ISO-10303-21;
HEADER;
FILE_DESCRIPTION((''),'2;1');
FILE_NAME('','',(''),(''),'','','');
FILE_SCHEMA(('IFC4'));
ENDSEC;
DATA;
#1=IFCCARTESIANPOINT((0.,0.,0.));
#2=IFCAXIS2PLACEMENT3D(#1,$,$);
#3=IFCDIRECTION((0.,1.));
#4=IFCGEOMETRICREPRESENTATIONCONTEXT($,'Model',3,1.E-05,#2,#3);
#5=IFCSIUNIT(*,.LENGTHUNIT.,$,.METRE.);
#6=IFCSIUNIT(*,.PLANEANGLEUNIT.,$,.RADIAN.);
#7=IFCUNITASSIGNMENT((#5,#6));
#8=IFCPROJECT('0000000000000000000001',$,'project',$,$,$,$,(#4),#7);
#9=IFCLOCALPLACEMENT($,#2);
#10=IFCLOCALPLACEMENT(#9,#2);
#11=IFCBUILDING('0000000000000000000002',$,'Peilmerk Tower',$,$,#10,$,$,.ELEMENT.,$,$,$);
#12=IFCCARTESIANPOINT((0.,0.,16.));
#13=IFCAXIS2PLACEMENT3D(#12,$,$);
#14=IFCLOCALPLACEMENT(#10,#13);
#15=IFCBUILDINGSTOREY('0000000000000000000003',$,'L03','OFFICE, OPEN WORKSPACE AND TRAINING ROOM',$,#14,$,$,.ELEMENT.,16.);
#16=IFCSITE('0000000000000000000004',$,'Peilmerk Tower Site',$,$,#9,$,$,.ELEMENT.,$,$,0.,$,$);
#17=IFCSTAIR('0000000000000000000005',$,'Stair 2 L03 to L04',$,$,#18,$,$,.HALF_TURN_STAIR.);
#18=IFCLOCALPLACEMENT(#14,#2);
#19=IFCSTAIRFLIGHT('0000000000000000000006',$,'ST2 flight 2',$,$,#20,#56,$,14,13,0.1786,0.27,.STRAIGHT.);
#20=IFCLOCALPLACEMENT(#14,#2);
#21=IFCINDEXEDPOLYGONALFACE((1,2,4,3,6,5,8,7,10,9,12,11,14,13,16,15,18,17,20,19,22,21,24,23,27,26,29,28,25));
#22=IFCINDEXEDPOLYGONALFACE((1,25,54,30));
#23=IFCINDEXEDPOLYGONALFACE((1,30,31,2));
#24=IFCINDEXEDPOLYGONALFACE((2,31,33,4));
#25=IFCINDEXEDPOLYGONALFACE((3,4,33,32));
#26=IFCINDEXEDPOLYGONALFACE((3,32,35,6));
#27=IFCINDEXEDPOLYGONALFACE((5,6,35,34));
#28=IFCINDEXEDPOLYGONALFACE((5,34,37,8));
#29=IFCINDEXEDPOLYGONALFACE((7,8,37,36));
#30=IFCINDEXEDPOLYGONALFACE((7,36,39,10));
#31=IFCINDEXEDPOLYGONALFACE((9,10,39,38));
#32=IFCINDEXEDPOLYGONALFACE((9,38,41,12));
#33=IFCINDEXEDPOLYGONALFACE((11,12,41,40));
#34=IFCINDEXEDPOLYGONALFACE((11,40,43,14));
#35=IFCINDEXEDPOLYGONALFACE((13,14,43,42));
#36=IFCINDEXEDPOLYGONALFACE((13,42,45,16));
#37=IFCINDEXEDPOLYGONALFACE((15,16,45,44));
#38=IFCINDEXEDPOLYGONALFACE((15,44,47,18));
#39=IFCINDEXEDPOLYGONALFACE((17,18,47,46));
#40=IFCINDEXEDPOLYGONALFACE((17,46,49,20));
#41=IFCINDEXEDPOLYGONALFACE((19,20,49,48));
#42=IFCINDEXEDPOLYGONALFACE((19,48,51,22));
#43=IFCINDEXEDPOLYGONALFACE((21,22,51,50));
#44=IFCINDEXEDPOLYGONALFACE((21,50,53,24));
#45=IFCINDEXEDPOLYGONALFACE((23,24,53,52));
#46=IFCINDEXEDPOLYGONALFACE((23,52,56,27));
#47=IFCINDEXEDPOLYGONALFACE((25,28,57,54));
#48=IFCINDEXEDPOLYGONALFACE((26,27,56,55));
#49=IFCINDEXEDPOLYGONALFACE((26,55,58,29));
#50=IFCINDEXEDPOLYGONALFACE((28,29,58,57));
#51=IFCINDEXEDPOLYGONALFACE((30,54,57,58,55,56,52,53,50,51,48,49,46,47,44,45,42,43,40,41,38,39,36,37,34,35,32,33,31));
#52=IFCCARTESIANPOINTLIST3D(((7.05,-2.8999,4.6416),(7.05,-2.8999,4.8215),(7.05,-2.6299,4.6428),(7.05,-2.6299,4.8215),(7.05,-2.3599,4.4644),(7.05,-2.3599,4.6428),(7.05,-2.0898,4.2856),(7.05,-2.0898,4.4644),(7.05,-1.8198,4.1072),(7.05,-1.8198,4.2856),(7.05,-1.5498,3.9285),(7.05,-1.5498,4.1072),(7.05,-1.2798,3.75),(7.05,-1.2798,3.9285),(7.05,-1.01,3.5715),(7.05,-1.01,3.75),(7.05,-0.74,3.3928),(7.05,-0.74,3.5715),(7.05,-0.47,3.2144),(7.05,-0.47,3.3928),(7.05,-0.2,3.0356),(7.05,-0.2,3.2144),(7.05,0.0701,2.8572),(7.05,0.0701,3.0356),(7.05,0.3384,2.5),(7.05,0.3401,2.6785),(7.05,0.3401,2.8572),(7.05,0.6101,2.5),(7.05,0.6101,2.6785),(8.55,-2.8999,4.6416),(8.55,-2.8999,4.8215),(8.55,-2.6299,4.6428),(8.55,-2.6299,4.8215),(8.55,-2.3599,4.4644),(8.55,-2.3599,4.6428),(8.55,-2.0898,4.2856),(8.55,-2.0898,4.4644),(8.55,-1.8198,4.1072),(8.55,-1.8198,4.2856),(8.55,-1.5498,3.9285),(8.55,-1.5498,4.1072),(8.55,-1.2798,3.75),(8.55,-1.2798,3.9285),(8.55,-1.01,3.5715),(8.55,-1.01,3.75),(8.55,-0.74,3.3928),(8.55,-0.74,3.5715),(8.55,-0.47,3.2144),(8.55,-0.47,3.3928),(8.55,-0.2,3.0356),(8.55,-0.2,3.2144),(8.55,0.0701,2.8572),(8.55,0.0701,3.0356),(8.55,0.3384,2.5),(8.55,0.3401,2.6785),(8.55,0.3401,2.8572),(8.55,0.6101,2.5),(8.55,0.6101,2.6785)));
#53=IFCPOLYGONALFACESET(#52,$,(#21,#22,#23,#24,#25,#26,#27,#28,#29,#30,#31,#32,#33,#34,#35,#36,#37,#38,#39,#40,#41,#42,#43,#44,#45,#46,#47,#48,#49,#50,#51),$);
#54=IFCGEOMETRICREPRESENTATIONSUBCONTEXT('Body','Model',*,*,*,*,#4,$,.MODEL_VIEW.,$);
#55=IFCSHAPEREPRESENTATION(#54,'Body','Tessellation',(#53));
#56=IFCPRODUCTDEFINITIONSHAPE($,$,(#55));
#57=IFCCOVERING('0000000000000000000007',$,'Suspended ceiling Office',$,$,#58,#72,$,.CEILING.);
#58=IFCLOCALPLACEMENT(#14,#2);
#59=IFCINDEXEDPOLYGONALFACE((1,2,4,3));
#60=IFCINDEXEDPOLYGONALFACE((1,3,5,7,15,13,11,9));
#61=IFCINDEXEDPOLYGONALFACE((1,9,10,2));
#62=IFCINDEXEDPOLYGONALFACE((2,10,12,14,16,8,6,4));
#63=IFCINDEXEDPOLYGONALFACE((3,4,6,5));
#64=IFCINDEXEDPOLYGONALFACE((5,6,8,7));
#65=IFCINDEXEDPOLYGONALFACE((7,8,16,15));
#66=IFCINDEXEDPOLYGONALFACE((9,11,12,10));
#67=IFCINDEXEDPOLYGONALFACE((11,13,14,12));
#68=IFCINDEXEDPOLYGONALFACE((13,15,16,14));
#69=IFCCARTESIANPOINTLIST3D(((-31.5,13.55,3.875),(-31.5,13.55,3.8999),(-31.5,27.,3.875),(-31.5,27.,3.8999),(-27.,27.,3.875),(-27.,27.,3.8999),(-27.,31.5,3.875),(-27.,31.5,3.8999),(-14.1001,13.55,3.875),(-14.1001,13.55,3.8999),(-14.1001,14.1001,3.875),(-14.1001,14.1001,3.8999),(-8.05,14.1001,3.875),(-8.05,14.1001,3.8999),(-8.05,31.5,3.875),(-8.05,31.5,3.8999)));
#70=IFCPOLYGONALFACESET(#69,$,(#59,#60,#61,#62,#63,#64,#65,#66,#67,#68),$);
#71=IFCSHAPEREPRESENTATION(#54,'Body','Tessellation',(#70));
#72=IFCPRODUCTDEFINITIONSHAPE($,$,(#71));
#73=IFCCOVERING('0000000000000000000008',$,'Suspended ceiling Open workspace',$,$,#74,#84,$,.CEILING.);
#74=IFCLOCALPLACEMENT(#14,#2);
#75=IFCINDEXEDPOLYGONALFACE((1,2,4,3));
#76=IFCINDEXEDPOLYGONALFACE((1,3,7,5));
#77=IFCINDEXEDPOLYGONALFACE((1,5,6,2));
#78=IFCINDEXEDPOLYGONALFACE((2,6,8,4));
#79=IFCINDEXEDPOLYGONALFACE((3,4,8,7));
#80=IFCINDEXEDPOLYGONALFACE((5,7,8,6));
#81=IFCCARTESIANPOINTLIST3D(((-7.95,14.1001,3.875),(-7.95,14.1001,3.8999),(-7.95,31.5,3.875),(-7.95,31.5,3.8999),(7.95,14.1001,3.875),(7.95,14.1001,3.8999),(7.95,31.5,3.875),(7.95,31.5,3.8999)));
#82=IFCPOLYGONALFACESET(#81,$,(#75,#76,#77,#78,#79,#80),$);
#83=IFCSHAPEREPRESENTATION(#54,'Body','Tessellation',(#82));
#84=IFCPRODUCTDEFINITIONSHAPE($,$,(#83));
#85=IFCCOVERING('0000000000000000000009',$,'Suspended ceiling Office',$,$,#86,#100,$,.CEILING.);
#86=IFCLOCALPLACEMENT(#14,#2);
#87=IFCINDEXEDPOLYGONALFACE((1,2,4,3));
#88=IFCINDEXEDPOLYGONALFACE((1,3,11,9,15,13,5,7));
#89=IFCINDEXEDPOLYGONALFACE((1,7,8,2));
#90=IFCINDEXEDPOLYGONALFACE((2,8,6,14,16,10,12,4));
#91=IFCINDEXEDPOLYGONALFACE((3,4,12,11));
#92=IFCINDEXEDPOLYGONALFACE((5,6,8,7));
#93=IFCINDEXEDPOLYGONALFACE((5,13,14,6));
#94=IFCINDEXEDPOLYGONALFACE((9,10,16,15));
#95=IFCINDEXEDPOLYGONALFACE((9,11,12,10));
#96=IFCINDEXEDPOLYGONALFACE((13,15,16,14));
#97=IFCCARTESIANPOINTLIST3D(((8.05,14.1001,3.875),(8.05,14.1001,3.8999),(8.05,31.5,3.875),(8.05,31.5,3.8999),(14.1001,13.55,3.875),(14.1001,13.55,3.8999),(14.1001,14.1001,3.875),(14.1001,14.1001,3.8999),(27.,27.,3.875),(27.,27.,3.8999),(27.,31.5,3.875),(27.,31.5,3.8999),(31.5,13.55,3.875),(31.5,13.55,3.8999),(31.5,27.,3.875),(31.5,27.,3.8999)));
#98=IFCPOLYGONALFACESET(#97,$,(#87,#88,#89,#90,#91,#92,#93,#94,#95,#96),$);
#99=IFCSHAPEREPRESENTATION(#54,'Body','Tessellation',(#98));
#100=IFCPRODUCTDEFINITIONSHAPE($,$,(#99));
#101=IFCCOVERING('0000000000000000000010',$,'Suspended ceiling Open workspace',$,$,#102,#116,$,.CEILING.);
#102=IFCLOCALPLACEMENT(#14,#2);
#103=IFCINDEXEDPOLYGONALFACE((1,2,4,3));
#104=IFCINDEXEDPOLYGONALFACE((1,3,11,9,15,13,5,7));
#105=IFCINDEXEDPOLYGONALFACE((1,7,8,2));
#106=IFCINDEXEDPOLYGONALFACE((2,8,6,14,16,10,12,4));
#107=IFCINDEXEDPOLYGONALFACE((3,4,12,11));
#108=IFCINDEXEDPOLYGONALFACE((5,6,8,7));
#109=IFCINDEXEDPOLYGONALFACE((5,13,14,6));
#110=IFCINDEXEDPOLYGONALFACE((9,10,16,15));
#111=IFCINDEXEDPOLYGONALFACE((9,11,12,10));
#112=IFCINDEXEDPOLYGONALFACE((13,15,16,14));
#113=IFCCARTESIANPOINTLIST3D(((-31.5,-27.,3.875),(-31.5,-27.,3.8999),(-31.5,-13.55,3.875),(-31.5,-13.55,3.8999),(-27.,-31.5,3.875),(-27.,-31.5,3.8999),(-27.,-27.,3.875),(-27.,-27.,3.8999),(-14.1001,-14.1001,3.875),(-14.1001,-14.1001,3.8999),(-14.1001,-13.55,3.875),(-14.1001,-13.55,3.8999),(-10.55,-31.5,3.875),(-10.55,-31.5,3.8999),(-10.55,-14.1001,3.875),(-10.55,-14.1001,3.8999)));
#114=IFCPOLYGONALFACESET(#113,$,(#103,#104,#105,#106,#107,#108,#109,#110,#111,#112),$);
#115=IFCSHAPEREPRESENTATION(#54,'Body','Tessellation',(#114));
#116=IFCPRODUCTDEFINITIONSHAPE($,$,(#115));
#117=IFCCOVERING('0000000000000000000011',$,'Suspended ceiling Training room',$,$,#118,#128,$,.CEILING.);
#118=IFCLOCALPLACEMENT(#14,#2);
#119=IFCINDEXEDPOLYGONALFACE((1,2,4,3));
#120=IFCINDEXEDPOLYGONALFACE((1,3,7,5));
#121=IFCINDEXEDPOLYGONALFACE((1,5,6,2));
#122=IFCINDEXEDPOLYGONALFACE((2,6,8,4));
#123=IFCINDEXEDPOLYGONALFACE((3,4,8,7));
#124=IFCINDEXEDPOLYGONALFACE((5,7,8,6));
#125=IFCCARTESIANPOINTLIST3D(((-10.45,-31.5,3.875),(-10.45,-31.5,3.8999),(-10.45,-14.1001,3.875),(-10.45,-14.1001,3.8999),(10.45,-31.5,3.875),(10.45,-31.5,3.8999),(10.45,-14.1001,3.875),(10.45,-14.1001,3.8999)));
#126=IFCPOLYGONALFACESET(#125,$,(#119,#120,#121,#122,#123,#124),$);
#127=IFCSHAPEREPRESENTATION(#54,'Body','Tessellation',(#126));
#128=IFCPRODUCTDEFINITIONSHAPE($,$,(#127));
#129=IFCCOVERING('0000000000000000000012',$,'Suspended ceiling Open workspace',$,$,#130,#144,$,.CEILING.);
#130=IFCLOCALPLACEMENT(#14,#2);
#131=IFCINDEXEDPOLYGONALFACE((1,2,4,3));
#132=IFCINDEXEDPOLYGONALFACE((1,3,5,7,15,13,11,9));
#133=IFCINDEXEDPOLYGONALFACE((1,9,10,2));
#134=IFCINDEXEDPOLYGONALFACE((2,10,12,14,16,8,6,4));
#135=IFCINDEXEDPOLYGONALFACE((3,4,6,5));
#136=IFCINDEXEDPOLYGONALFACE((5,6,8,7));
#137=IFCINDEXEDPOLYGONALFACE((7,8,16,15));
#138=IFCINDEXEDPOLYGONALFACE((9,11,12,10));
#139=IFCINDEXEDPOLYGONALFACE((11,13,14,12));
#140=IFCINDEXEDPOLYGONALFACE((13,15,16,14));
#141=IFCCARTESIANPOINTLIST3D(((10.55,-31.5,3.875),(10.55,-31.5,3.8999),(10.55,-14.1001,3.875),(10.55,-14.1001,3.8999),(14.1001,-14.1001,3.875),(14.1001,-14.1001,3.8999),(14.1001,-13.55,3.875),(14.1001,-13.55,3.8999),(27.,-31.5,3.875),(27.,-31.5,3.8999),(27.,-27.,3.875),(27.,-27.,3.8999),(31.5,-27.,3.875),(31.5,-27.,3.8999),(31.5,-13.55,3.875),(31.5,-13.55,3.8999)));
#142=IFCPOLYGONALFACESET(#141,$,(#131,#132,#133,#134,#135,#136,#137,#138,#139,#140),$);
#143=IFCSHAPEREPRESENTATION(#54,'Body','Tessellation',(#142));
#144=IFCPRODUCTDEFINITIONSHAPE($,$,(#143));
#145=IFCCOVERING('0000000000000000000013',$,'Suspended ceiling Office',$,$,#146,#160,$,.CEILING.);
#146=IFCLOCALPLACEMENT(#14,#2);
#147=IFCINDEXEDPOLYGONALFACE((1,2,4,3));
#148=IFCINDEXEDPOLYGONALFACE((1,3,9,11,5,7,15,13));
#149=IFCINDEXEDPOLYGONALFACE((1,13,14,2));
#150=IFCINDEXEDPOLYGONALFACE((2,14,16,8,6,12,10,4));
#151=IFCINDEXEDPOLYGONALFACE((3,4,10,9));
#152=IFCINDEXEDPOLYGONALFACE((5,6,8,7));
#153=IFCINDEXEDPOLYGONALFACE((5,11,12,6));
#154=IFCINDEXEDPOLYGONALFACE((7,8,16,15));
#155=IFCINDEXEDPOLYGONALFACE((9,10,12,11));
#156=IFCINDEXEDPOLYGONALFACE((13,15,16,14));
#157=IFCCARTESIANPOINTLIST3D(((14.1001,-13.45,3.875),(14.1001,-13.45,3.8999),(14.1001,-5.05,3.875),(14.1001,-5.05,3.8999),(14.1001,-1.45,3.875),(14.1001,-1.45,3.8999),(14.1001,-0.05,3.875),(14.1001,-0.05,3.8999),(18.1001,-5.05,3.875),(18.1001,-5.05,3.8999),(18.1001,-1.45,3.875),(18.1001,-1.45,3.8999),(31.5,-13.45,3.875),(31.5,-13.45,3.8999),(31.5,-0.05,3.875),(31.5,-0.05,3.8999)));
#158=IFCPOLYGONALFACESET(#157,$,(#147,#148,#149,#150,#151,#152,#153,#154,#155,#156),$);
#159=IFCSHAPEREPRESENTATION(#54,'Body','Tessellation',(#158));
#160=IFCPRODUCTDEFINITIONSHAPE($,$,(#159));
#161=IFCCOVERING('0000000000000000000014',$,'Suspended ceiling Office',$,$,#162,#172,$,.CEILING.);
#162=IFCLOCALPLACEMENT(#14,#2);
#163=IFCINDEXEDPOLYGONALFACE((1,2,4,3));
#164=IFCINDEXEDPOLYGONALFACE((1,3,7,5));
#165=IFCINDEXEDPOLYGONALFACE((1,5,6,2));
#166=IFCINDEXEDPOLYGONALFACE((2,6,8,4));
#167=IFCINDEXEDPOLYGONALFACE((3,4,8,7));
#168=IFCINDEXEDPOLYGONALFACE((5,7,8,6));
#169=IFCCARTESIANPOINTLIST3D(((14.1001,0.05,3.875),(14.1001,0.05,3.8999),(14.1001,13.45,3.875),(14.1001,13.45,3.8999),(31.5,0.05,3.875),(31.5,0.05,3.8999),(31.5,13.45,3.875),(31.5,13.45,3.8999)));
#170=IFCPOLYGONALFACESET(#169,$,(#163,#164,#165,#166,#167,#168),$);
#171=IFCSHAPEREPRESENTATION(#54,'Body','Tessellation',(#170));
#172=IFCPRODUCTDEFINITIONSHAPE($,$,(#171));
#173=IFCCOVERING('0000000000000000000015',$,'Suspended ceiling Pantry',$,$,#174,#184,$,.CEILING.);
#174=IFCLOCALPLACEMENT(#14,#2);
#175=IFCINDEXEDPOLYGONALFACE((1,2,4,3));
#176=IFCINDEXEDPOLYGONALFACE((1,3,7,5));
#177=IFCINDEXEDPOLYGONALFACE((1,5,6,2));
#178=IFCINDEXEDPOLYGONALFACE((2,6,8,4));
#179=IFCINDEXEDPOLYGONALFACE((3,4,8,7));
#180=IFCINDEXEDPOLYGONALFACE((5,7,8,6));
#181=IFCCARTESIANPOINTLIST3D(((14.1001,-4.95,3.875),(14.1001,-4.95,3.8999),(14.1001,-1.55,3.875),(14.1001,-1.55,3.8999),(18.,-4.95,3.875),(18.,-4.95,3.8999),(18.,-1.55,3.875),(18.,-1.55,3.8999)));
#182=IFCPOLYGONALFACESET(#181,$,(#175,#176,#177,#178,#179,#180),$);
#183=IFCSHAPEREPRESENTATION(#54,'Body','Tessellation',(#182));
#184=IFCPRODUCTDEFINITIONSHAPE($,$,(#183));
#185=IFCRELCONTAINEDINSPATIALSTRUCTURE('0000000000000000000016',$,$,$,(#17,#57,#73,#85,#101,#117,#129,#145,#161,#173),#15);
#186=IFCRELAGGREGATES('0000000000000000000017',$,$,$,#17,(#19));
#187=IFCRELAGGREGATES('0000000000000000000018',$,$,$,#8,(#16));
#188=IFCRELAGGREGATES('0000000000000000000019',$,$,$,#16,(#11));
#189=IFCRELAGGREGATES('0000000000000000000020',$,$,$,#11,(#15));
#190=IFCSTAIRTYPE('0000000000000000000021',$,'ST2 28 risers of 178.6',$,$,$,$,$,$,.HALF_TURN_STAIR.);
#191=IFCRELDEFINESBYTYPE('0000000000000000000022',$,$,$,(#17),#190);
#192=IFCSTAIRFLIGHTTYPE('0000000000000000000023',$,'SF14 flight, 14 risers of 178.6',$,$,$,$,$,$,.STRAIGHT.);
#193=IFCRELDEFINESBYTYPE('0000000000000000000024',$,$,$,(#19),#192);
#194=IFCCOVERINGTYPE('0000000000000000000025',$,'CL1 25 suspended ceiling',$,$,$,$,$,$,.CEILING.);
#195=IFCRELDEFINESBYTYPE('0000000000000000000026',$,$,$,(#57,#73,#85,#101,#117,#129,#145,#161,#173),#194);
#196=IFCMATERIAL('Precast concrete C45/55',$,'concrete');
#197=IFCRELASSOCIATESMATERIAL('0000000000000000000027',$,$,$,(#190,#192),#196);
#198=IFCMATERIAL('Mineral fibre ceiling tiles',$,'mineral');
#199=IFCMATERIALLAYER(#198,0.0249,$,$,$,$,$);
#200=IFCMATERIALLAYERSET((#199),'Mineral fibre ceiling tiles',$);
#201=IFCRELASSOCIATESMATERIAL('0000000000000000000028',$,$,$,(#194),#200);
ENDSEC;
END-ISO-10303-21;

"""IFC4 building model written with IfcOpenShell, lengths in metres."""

from ifc_helpers import new_model, si_unit, direction, frame, origin, place, context, subcontext, project, spatial, polyline, outline, extrude, material, layer, layer_set, type_object, element, aggregate, save


model = new_model("IFC4")

# Units and contexts
model_context = context("Model", 3, precision=1e-05, world=origin(), true_north=direction((0.0, 1.0)))
body_context = subcontext(model_context, "Body", "Model", "MODEL_VIEW")
ifc_project = project(units=[si_unit("LENGTHUNIT", "METRE"), si_unit("PLANEANGLEUNIT", "RADIAN")], contexts=[model_context])

# Site, building, storey
site_placement = place(None, origin())
site = spatial("IfcSite", under=ifc_project, at=site_placement, Name="Peilmerk Tower Site", CompositionType="ELEMENT", RefElevation=0.0)
building_placement = place(site_placement, origin())
building = spatial("IfcBuilding", under=site, at=building_placement, Name="Peilmerk Tower", CompositionType="ELEMENT")
storey_placement = place(building_placement, frame((0.0, 0.0, 16.0)))
storey = spatial("IfcBuildingStorey", under=building, at=storey_placement, Name="L03", Description="OFFICE, OPEN WORKSPACE AND TRAINING ROOM", CompositionType="ELEMENT", Elevation=16.0)

# Stair, stair flight
ifc_material_1 = material(Name="Precast concrete C45/55", Category="concrete")
stair_type = type_object("IfcStairType", Name="ST2 28 risers of 178.6", PredefinedType="HALF_TURN_STAIR", material=ifc_material_1)
stair_placement = place(storey_placement, origin())
stair = element("IfcStair", 1, at=stair_placement, inside=storey, type_object=stair_type, Name="Stair 2 L03 to L04", PredefinedType="HALF_TURN_STAIR")
stair_flight_type = type_object("IfcStairFlightType", Name="SF14 flight, 14 risers of 178.6", PredefinedType="STRAIGHT", material=ifc_material_1)
stair_flight_placement = place(storey_placement, frame((7.8, 0.6101, 2.5), z_axis=(0.0, 0.0, 1.0), x_axis=(0.0, -1.0, 0.0)))
stair_flight = element("IfcStairFlight", 2, at=stair_flight_placement, type_object=stair_flight_type, Name="ST2 flight 2", NumberOfRisers=14, NumberOfTreads=13, PredefinedType="STRAIGHT", RiserHeight=0.1786, TreadLength=0.27, context=body_context, shape_type="SweptSolid", body=[
    extrude(outline(polyline([(0.0, 0.0), (0.0, 0.1785), (0.27, 0.1785), (0.27, 0.3572), (0.54, 0.3572), (0.54, 0.5356), (0.8101, 0.5356), (0.8101, 0.7144), (1.0801, 0.7144), (1.0801, 0.8928), (1.3501, 0.8928), (1.3501, 1.0715), (1.6201, 1.0715), (1.6201, 1.25), (1.8899, 1.25), (1.8899, 1.4285), (2.1599, 1.4285), (2.1599, 1.6072), (2.4299, 1.6072), (2.4299, 1.7856), (2.7, 1.7856), (2.7, 1.9644), (2.97, 1.9644), (2.97, 2.1428), (3.24, 2.1428), (3.24, 2.3215), (3.51, 2.3215), (3.51, 2.5), (3.51, 2.1416), (0.2717, 0.0), (0.0, 0.0)])), frame((0.0, 0.75, 0.0), z_axis=(0.0, -1.0, 0.0), x_axis=(1.0, 0.0, 0.0)), (0.0, 0.0, 1.0), 1.5),
])
aggregate(stair, [stair_flight])

# Coverings
ifc_material_2 = material(Name="Mineral fibre ceiling tiles", Category="mineral")
ifc_layer_1 = layer(ifc_material_2, 0.0249)
ifc_layer_set_1 = layer_set([ifc_layer_1], Name="Mineral fibre ceiling tiles")
covering_type = type_object("IfcCoveringType", Name="CL1 25 suspended ceiling", PredefinedType="CEILING", material=ifc_layer_set_1)
covering_1_placement = place(storey_placement, frame((0.0, 0.0, 3.875)))
element("IfcCovering", 3, at=covering_1_placement, inside=storey, type_object=covering_type, Name="Suspended ceiling Office", PredefinedType="CEILING", context=body_context, shape_type="SweptSolid", body=[
    extrude(outline(polyline([(-31.5, 27.0), (-31.5, 13.55), (-14.1001, 13.55), (-14.1001, 14.1001), (-8.05, 14.1001), (-8.05, 31.5), (-27.0, 31.5), (-27.0, 27.0), (-31.5, 27.0)])), origin(), (0.0, 0.0, 1.0), 0.0249),
])
covering_2_placement = place(storey_placement, frame((0.0, 0.0, 3.875)))
element("IfcCovering", 4, at=covering_2_placement, inside=storey, type_object=covering_type, Name="Suspended ceiling Open workspace", PredefinedType="CEILING", context=body_context, shape_type="SweptSolid", body=[
    extrude(outline(polyline([(7.95, 31.5), (-7.95, 31.5), (-7.95, 14.1001), (7.95, 14.1001), (7.95, 31.5)])), origin(), (0.0, 0.0, 1.0), 0.0249),
])
covering_3_placement = place(storey_placement, frame((0.0, 0.0, 3.875)))
element("IfcCovering", 5, at=covering_3_placement, inside=storey, type_object=covering_type, Name="Suspended ceiling Office", PredefinedType="CEILING", context=body_context, shape_type="SweptSolid", body=[
    extrude(outline(polyline([(27.0, 31.5), (8.05, 31.5), (8.05, 14.1001), (14.1001, 14.1001), (14.1001, 13.55), (31.5, 13.55), (31.5, 27.0), (27.0, 27.0), (27.0, 31.5)])), origin(), (0.0, 0.0, 1.0), 0.0249),
])
covering_4_placement = place(storey_placement, frame((0.0, 0.0, 3.875)))
element("IfcCovering", 6, at=covering_4_placement, inside=storey, type_object=covering_type, Name="Suspended ceiling Open workspace", PredefinedType="CEILING", context=body_context, shape_type="SweptSolid", body=[
    extrude(outline(polyline([(-27.0, -31.5), (-10.55, -31.5), (-10.55, -14.1001), (-14.1001, -14.1001), (-14.1001, -13.55), (-31.5, -13.55), (-31.5, -27.0), (-27.0, -27.0), (-27.0, -31.5)])), origin(), (0.0, 0.0, 1.0), 0.0249),
])
covering_5_placement = place(storey_placement, frame((0.0, 0.0, 3.875)))
element("IfcCovering", 7, at=covering_5_placement, inside=storey, type_object=covering_type, Name="Suspended ceiling Training room", PredefinedType="CEILING", context=body_context, shape_type="SweptSolid", body=[
    extrude(outline(polyline([(-10.45, -31.5), (10.45, -31.5), (10.45, -14.1001), (-10.45, -14.1001), (-10.45, -31.5)])), origin(), (0.0, 0.0, 1.0), 0.0249),
])
covering_6_placement = place(storey_placement, frame((0.0, 0.0, 3.875)))
element("IfcCovering", 8, at=covering_6_placement, inside=storey, type_object=covering_type, Name="Suspended ceiling Open workspace", PredefinedType="CEILING", context=body_context, shape_type="SweptSolid", body=[
    extrude(outline(polyline([(10.55, -31.5), (27.0, -31.5), (27.0, -27.0), (31.5, -27.0), (31.5, -13.55), (14.1001, -13.55), (14.1001, -14.1001), (10.55, -14.1001), (10.55, -31.5)])), origin(), (0.0, 0.0, 1.0), 0.0249),
])
covering_7_placement = place(storey_placement, frame((0.0, 0.0, 3.875)))
element("IfcCovering", 9, at=covering_7_placement, inside=storey, type_object=covering_type, Name="Suspended ceiling Office", PredefinedType="CEILING", context=body_context, shape_type="SweptSolid", body=[
    extrude(outline(polyline([(14.1001, -13.45), (31.5, -13.45), (31.5, -0.05), (14.1001, -0.05), (14.1001, -1.45), (18.1001, -1.45), (18.1001, -5.05), (14.1001, -5.05), (14.1001, -13.45)])), origin(), (0.0, 0.0, 1.0), 0.0249),
])
covering_8_placement = place(storey_placement, frame((0.0, 0.0, 3.875)))
element("IfcCovering", 10, at=covering_8_placement, inside=storey, type_object=covering_type, Name="Suspended ceiling Office", PredefinedType="CEILING", context=body_context, shape_type="SweptSolid", body=[
    extrude(outline(polyline([(31.5, 0.05), (31.5, 13.45), (14.1001, 13.45), (14.1001, 0.05), (31.5, 0.05)])), origin(), (0.0, 0.0, 1.0), 0.0249),
])
covering_9_placement = place(storey_placement, frame((0.0, 0.0, 3.875)))
element("IfcCovering", 11, at=covering_9_placement, inside=storey, type_object=covering_type, Name="Suspended ceiling Pantry", PredefinedType="CEILING", context=body_context, shape_type="SweptSolid", body=[
    extrude(outline(polyline([(18.0, -4.95), (18.0, -1.55), (14.1001, -1.55), (14.1001, -4.95), (18.0, -4.95)])), origin(), (0.0, 0.0, 1.0), 0.0249),
])

save(model, "model.ifc")
